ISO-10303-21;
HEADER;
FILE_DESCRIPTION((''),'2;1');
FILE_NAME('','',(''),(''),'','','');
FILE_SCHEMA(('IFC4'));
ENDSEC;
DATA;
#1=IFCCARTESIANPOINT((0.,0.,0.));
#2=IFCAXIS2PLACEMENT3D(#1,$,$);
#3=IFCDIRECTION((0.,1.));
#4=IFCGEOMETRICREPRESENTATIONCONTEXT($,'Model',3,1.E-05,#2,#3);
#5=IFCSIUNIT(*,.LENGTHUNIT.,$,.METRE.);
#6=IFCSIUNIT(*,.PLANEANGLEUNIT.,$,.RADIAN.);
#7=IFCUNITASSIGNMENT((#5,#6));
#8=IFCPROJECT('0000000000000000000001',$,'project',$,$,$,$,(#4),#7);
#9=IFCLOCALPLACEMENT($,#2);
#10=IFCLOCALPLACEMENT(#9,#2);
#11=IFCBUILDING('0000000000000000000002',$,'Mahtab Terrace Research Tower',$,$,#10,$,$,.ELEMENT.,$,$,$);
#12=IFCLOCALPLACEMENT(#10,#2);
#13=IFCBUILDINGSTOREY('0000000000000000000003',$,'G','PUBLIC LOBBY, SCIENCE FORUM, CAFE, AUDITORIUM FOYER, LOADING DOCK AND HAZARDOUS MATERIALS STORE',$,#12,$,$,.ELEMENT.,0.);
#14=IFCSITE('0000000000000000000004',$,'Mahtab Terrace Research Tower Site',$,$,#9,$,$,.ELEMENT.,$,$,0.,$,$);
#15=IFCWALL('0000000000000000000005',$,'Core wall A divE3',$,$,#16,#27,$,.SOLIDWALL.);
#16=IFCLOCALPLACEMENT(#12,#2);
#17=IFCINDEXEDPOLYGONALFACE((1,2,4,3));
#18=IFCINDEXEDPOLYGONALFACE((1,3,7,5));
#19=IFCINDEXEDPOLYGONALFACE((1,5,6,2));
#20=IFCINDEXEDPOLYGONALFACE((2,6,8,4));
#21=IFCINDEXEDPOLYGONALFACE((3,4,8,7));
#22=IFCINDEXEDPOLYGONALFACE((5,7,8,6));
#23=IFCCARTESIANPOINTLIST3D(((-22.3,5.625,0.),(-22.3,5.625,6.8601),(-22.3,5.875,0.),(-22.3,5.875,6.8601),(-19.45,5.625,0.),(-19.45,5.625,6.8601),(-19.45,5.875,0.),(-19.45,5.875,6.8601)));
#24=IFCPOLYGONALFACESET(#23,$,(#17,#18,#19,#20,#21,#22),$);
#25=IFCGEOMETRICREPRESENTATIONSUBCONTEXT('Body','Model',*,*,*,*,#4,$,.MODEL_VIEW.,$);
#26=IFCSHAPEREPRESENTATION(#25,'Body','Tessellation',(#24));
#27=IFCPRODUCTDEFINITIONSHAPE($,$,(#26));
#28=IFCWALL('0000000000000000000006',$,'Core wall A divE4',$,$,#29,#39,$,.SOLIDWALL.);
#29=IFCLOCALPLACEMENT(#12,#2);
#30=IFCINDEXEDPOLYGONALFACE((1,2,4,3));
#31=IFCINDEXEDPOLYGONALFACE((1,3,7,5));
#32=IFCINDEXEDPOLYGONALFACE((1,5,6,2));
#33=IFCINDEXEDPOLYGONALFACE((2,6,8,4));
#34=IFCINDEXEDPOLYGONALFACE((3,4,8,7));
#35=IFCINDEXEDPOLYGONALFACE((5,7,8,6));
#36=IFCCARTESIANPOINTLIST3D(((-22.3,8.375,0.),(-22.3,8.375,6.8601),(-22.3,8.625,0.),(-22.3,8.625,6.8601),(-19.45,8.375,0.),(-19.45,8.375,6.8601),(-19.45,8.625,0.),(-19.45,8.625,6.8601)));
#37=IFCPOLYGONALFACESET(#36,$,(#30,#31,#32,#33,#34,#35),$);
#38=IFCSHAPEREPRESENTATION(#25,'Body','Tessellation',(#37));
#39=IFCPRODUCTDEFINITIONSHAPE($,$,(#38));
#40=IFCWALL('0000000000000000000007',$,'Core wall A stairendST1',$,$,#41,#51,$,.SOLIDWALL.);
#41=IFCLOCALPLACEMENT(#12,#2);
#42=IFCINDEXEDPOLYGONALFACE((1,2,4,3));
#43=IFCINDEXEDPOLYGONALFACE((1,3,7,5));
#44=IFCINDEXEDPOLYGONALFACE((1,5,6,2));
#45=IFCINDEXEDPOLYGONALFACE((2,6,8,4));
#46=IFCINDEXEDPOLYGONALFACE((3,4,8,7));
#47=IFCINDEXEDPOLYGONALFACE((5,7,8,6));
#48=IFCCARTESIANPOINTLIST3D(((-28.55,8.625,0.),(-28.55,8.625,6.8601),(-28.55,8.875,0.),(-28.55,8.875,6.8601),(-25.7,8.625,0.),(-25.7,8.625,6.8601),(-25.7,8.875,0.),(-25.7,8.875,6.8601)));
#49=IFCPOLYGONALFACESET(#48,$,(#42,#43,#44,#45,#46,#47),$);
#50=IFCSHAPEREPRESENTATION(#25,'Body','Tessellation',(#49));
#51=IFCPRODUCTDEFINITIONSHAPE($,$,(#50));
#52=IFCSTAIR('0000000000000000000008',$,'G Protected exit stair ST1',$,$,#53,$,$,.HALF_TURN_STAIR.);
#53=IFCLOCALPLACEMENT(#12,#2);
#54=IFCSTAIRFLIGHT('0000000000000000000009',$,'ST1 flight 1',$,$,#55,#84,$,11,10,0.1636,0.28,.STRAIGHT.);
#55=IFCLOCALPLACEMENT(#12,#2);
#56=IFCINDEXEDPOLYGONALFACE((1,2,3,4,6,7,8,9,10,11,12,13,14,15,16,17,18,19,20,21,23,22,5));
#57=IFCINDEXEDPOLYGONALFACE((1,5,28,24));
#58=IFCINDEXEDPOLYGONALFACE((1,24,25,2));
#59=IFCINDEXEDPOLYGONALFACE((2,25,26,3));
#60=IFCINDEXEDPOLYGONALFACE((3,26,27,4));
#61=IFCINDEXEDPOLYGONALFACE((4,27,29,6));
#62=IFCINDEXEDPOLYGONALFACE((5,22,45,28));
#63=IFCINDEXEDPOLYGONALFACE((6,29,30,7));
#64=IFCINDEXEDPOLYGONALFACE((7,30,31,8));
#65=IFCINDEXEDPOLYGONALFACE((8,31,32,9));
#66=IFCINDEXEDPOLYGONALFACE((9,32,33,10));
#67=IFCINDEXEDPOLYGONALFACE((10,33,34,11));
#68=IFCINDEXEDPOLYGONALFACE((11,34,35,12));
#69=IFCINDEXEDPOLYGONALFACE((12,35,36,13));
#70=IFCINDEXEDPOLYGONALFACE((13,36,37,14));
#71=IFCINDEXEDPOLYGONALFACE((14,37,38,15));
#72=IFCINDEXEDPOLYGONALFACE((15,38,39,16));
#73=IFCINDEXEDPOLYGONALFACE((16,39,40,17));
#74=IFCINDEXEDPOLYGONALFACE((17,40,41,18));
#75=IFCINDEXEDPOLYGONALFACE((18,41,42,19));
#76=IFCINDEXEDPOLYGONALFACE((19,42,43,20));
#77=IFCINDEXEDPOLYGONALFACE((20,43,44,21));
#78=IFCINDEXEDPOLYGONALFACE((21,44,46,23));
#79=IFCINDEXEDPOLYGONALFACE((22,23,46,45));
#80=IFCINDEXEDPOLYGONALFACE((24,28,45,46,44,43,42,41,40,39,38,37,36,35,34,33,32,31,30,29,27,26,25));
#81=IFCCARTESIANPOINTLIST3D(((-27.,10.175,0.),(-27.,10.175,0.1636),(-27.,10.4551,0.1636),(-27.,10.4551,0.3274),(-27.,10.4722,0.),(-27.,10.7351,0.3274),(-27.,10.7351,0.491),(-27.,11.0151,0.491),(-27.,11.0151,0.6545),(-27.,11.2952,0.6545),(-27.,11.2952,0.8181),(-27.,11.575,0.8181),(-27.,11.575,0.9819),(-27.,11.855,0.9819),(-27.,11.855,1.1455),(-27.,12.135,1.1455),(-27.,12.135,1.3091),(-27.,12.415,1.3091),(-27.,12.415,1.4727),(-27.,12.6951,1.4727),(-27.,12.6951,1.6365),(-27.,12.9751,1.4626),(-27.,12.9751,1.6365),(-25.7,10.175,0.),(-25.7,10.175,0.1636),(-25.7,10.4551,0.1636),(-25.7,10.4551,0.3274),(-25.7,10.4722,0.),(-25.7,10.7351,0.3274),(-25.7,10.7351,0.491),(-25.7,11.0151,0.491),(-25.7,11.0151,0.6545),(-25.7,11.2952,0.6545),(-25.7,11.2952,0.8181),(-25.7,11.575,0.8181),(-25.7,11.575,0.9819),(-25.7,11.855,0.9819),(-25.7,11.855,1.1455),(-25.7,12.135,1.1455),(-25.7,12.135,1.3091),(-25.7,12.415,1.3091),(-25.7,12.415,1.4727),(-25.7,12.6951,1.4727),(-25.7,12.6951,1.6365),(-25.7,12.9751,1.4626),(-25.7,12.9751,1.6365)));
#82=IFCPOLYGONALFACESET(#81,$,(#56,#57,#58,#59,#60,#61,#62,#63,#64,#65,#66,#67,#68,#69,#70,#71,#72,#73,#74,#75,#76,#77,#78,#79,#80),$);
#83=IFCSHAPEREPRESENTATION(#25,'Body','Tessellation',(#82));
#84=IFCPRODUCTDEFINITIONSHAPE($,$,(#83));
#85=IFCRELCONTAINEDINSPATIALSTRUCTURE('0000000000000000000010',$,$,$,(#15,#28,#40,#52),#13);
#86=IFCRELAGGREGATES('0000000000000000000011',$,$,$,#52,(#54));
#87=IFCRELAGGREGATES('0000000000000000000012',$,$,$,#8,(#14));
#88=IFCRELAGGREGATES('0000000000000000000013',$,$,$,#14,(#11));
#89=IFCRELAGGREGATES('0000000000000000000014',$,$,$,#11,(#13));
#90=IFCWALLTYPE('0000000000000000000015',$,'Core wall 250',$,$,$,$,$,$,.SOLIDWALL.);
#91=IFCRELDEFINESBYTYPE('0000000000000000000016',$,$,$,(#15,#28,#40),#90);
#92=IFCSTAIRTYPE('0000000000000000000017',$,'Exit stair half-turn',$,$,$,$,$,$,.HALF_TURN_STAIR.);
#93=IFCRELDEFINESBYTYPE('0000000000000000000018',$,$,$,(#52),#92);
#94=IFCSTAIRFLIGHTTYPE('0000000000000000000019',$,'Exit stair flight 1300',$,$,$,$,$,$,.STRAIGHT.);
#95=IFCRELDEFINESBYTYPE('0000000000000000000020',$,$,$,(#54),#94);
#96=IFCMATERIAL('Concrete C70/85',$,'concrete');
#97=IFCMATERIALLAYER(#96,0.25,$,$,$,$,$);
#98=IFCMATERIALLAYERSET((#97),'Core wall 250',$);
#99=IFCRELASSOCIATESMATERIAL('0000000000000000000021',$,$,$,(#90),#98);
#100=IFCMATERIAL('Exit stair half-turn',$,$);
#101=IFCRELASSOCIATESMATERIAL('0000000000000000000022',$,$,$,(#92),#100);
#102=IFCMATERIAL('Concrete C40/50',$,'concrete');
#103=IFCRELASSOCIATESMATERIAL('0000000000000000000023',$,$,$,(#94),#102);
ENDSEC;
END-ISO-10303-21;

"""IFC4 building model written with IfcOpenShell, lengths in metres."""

from ifc_helpers import new_model, si_unit, direction, frame, frame_2d, origin, place, context, subcontext, project, spatial, polyline, rectangle, outline, extrude, material, layer, layer_set, type_object, element, aggregate, save


model = new_model("IFC4")

# Units and contexts
model_context = context("Model", 3, precision=1e-05, world=origin(), true_north=direction((0.0, 1.0)))
body_context = subcontext(model_context, "Body", "Model", "MODEL_VIEW")
ifc_project = project(units=[si_unit("LENGTHUNIT", "METRE"), si_unit("PLANEANGLEUNIT", "RADIAN")], contexts=[model_context])

# Site, building, storey
site_placement = place(None, origin())
site = spatial("IfcSite", under=ifc_project, at=site_placement, Name="Mahtab Terrace Research Tower Site", CompositionType="ELEMENT", RefElevation=0.0)
building_placement = place(site_placement, origin())
building = spatial("IfcBuilding", under=site, at=building_placement, Name="Mahtab Terrace Research Tower", CompositionType="ELEMENT")
storey_placement = place(building_placement, origin())
storey = spatial("IfcBuildingStorey", under=building, at=storey_placement, Name="G", Description="PUBLIC LOBBY, SCIENCE FORUM, CAFE, AUDITORIUM FOYER, LOADING DOCK AND HAZARDOUS MATERIALS STORE", CompositionType="ELEMENT", Elevation=0.0)

# Shared definitions
ifc_material_1 = material(Name="Concrete C40/50", Category="concrete")

# Shared definitions
ifc_material_2 = material(Name="Concrete C70/85", Category="concrete")

# Walls
ifc_layer = layer(ifc_material_2, 0.25)
ifc_layer_set = layer_set([ifc_layer], Name="Core wall 250")
wall_type = type_object("IfcWallType", Name="Core wall 250", PredefinedType="SOLIDWALL", material=ifc_layer_set)
for number, where, z_axis, x_axis, name in (
    (1, (-22.3, 5.75, 0.0), (0.0, 0.0, 1.0), (1.0, 0.0, 0.0), "Core wall A divE3"),
    (2, (-22.3, 8.5, 0.0), (0.0, 0.0, 1.0), (1.0, 0.0, 0.0), "Core wall A divE4"),
    (3, (-28.55, 8.75, 0.0), (0.0, 0.0, 1.0), (1.0, 0.0, 0.0), "Core wall A stairendST1"),
):
    element("IfcWall", number, at=place(storey_placement, frame(where, z_axis=z_axis, x_axis=x_axis)), inside=storey, type_object=wall_type, Name=name, PredefinedType="SOLIDWALL", context=body_context, shape_type="SweptSolid", body=[
        extrude(rectangle(XDim=2.8501, YDim=0.25, at=frame_2d((1.425, 0.0))), origin(), (0.0, 0.0, 1.0), 6.8601),
    ])

# Stair, stair flight
ifc_material_3 = material(Name="Exit stair half-turn")
stair_type = type_object("IfcStairType", Name="Exit stair half-turn", PredefinedType="HALF_TURN_STAIR", material=ifc_material_3)
stair_placement = place(storey_placement, origin())
stair = element("IfcStair", 4, at=stair_placement, inside=storey, type_object=stair_type, Name="G Protected exit stair ST1", PredefinedType="HALF_TURN_STAIR")
stair_flight_type = type_object("IfcStairFlightType", Name="Exit stair flight 1300", PredefinedType="STRAIGHT", material=ifc_material_1)
stair_flight_placement = place(storey_placement, frame((-26.3501, 10.175, 0.0), z_axis=(0.0, 0.0, 1.0), x_axis=(0.0, 1.0, 0.0)))
stair_flight = element("IfcStairFlight", 5, at=stair_flight_placement, type_object=stair_flight_type, Name="ST1 flight 1", NumberOfRisers=11, NumberOfTreads=10, PredefinedType="STRAIGHT", RiserHeight=0.1636, TreadLength=0.28, context=body_context, shape_type="SweptSolid", body=[
    extrude(outline(polyline([(0.0, 0.0), (0.0, 0.1636), (0.28, 0.1636), (0.28, 0.3274), (0.5601, 0.3274), (0.5601, 0.491), (0.8401, 0.491), (0.8401, 0.6545), (1.1201, 0.6545), (1.1201, 0.8181), (1.3999, 0.8181), (1.3999, 0.9819), (1.6799, 0.9819), (1.6799, 1.1455), (1.96, 1.1455), (1.96, 1.3091), (2.24, 1.3091), (2.24, 1.4727), (2.52, 1.4727), (2.52, 1.6365), (2.8, 1.6365), (2.8, 1.8), (2.8, 1.4626), (0.2971, 0.0), (0.0, 0.0)])), frame((0.0, 0.6499, 0.0), z_axis=(0.0, -1.0, 0.0), x_axis=(1.0, 0.0, 0.0)), (0.0, 0.0, 1.0), 1.3),
])
aggregate(stair, [stair_flight])

save(model, "model.ifc")
